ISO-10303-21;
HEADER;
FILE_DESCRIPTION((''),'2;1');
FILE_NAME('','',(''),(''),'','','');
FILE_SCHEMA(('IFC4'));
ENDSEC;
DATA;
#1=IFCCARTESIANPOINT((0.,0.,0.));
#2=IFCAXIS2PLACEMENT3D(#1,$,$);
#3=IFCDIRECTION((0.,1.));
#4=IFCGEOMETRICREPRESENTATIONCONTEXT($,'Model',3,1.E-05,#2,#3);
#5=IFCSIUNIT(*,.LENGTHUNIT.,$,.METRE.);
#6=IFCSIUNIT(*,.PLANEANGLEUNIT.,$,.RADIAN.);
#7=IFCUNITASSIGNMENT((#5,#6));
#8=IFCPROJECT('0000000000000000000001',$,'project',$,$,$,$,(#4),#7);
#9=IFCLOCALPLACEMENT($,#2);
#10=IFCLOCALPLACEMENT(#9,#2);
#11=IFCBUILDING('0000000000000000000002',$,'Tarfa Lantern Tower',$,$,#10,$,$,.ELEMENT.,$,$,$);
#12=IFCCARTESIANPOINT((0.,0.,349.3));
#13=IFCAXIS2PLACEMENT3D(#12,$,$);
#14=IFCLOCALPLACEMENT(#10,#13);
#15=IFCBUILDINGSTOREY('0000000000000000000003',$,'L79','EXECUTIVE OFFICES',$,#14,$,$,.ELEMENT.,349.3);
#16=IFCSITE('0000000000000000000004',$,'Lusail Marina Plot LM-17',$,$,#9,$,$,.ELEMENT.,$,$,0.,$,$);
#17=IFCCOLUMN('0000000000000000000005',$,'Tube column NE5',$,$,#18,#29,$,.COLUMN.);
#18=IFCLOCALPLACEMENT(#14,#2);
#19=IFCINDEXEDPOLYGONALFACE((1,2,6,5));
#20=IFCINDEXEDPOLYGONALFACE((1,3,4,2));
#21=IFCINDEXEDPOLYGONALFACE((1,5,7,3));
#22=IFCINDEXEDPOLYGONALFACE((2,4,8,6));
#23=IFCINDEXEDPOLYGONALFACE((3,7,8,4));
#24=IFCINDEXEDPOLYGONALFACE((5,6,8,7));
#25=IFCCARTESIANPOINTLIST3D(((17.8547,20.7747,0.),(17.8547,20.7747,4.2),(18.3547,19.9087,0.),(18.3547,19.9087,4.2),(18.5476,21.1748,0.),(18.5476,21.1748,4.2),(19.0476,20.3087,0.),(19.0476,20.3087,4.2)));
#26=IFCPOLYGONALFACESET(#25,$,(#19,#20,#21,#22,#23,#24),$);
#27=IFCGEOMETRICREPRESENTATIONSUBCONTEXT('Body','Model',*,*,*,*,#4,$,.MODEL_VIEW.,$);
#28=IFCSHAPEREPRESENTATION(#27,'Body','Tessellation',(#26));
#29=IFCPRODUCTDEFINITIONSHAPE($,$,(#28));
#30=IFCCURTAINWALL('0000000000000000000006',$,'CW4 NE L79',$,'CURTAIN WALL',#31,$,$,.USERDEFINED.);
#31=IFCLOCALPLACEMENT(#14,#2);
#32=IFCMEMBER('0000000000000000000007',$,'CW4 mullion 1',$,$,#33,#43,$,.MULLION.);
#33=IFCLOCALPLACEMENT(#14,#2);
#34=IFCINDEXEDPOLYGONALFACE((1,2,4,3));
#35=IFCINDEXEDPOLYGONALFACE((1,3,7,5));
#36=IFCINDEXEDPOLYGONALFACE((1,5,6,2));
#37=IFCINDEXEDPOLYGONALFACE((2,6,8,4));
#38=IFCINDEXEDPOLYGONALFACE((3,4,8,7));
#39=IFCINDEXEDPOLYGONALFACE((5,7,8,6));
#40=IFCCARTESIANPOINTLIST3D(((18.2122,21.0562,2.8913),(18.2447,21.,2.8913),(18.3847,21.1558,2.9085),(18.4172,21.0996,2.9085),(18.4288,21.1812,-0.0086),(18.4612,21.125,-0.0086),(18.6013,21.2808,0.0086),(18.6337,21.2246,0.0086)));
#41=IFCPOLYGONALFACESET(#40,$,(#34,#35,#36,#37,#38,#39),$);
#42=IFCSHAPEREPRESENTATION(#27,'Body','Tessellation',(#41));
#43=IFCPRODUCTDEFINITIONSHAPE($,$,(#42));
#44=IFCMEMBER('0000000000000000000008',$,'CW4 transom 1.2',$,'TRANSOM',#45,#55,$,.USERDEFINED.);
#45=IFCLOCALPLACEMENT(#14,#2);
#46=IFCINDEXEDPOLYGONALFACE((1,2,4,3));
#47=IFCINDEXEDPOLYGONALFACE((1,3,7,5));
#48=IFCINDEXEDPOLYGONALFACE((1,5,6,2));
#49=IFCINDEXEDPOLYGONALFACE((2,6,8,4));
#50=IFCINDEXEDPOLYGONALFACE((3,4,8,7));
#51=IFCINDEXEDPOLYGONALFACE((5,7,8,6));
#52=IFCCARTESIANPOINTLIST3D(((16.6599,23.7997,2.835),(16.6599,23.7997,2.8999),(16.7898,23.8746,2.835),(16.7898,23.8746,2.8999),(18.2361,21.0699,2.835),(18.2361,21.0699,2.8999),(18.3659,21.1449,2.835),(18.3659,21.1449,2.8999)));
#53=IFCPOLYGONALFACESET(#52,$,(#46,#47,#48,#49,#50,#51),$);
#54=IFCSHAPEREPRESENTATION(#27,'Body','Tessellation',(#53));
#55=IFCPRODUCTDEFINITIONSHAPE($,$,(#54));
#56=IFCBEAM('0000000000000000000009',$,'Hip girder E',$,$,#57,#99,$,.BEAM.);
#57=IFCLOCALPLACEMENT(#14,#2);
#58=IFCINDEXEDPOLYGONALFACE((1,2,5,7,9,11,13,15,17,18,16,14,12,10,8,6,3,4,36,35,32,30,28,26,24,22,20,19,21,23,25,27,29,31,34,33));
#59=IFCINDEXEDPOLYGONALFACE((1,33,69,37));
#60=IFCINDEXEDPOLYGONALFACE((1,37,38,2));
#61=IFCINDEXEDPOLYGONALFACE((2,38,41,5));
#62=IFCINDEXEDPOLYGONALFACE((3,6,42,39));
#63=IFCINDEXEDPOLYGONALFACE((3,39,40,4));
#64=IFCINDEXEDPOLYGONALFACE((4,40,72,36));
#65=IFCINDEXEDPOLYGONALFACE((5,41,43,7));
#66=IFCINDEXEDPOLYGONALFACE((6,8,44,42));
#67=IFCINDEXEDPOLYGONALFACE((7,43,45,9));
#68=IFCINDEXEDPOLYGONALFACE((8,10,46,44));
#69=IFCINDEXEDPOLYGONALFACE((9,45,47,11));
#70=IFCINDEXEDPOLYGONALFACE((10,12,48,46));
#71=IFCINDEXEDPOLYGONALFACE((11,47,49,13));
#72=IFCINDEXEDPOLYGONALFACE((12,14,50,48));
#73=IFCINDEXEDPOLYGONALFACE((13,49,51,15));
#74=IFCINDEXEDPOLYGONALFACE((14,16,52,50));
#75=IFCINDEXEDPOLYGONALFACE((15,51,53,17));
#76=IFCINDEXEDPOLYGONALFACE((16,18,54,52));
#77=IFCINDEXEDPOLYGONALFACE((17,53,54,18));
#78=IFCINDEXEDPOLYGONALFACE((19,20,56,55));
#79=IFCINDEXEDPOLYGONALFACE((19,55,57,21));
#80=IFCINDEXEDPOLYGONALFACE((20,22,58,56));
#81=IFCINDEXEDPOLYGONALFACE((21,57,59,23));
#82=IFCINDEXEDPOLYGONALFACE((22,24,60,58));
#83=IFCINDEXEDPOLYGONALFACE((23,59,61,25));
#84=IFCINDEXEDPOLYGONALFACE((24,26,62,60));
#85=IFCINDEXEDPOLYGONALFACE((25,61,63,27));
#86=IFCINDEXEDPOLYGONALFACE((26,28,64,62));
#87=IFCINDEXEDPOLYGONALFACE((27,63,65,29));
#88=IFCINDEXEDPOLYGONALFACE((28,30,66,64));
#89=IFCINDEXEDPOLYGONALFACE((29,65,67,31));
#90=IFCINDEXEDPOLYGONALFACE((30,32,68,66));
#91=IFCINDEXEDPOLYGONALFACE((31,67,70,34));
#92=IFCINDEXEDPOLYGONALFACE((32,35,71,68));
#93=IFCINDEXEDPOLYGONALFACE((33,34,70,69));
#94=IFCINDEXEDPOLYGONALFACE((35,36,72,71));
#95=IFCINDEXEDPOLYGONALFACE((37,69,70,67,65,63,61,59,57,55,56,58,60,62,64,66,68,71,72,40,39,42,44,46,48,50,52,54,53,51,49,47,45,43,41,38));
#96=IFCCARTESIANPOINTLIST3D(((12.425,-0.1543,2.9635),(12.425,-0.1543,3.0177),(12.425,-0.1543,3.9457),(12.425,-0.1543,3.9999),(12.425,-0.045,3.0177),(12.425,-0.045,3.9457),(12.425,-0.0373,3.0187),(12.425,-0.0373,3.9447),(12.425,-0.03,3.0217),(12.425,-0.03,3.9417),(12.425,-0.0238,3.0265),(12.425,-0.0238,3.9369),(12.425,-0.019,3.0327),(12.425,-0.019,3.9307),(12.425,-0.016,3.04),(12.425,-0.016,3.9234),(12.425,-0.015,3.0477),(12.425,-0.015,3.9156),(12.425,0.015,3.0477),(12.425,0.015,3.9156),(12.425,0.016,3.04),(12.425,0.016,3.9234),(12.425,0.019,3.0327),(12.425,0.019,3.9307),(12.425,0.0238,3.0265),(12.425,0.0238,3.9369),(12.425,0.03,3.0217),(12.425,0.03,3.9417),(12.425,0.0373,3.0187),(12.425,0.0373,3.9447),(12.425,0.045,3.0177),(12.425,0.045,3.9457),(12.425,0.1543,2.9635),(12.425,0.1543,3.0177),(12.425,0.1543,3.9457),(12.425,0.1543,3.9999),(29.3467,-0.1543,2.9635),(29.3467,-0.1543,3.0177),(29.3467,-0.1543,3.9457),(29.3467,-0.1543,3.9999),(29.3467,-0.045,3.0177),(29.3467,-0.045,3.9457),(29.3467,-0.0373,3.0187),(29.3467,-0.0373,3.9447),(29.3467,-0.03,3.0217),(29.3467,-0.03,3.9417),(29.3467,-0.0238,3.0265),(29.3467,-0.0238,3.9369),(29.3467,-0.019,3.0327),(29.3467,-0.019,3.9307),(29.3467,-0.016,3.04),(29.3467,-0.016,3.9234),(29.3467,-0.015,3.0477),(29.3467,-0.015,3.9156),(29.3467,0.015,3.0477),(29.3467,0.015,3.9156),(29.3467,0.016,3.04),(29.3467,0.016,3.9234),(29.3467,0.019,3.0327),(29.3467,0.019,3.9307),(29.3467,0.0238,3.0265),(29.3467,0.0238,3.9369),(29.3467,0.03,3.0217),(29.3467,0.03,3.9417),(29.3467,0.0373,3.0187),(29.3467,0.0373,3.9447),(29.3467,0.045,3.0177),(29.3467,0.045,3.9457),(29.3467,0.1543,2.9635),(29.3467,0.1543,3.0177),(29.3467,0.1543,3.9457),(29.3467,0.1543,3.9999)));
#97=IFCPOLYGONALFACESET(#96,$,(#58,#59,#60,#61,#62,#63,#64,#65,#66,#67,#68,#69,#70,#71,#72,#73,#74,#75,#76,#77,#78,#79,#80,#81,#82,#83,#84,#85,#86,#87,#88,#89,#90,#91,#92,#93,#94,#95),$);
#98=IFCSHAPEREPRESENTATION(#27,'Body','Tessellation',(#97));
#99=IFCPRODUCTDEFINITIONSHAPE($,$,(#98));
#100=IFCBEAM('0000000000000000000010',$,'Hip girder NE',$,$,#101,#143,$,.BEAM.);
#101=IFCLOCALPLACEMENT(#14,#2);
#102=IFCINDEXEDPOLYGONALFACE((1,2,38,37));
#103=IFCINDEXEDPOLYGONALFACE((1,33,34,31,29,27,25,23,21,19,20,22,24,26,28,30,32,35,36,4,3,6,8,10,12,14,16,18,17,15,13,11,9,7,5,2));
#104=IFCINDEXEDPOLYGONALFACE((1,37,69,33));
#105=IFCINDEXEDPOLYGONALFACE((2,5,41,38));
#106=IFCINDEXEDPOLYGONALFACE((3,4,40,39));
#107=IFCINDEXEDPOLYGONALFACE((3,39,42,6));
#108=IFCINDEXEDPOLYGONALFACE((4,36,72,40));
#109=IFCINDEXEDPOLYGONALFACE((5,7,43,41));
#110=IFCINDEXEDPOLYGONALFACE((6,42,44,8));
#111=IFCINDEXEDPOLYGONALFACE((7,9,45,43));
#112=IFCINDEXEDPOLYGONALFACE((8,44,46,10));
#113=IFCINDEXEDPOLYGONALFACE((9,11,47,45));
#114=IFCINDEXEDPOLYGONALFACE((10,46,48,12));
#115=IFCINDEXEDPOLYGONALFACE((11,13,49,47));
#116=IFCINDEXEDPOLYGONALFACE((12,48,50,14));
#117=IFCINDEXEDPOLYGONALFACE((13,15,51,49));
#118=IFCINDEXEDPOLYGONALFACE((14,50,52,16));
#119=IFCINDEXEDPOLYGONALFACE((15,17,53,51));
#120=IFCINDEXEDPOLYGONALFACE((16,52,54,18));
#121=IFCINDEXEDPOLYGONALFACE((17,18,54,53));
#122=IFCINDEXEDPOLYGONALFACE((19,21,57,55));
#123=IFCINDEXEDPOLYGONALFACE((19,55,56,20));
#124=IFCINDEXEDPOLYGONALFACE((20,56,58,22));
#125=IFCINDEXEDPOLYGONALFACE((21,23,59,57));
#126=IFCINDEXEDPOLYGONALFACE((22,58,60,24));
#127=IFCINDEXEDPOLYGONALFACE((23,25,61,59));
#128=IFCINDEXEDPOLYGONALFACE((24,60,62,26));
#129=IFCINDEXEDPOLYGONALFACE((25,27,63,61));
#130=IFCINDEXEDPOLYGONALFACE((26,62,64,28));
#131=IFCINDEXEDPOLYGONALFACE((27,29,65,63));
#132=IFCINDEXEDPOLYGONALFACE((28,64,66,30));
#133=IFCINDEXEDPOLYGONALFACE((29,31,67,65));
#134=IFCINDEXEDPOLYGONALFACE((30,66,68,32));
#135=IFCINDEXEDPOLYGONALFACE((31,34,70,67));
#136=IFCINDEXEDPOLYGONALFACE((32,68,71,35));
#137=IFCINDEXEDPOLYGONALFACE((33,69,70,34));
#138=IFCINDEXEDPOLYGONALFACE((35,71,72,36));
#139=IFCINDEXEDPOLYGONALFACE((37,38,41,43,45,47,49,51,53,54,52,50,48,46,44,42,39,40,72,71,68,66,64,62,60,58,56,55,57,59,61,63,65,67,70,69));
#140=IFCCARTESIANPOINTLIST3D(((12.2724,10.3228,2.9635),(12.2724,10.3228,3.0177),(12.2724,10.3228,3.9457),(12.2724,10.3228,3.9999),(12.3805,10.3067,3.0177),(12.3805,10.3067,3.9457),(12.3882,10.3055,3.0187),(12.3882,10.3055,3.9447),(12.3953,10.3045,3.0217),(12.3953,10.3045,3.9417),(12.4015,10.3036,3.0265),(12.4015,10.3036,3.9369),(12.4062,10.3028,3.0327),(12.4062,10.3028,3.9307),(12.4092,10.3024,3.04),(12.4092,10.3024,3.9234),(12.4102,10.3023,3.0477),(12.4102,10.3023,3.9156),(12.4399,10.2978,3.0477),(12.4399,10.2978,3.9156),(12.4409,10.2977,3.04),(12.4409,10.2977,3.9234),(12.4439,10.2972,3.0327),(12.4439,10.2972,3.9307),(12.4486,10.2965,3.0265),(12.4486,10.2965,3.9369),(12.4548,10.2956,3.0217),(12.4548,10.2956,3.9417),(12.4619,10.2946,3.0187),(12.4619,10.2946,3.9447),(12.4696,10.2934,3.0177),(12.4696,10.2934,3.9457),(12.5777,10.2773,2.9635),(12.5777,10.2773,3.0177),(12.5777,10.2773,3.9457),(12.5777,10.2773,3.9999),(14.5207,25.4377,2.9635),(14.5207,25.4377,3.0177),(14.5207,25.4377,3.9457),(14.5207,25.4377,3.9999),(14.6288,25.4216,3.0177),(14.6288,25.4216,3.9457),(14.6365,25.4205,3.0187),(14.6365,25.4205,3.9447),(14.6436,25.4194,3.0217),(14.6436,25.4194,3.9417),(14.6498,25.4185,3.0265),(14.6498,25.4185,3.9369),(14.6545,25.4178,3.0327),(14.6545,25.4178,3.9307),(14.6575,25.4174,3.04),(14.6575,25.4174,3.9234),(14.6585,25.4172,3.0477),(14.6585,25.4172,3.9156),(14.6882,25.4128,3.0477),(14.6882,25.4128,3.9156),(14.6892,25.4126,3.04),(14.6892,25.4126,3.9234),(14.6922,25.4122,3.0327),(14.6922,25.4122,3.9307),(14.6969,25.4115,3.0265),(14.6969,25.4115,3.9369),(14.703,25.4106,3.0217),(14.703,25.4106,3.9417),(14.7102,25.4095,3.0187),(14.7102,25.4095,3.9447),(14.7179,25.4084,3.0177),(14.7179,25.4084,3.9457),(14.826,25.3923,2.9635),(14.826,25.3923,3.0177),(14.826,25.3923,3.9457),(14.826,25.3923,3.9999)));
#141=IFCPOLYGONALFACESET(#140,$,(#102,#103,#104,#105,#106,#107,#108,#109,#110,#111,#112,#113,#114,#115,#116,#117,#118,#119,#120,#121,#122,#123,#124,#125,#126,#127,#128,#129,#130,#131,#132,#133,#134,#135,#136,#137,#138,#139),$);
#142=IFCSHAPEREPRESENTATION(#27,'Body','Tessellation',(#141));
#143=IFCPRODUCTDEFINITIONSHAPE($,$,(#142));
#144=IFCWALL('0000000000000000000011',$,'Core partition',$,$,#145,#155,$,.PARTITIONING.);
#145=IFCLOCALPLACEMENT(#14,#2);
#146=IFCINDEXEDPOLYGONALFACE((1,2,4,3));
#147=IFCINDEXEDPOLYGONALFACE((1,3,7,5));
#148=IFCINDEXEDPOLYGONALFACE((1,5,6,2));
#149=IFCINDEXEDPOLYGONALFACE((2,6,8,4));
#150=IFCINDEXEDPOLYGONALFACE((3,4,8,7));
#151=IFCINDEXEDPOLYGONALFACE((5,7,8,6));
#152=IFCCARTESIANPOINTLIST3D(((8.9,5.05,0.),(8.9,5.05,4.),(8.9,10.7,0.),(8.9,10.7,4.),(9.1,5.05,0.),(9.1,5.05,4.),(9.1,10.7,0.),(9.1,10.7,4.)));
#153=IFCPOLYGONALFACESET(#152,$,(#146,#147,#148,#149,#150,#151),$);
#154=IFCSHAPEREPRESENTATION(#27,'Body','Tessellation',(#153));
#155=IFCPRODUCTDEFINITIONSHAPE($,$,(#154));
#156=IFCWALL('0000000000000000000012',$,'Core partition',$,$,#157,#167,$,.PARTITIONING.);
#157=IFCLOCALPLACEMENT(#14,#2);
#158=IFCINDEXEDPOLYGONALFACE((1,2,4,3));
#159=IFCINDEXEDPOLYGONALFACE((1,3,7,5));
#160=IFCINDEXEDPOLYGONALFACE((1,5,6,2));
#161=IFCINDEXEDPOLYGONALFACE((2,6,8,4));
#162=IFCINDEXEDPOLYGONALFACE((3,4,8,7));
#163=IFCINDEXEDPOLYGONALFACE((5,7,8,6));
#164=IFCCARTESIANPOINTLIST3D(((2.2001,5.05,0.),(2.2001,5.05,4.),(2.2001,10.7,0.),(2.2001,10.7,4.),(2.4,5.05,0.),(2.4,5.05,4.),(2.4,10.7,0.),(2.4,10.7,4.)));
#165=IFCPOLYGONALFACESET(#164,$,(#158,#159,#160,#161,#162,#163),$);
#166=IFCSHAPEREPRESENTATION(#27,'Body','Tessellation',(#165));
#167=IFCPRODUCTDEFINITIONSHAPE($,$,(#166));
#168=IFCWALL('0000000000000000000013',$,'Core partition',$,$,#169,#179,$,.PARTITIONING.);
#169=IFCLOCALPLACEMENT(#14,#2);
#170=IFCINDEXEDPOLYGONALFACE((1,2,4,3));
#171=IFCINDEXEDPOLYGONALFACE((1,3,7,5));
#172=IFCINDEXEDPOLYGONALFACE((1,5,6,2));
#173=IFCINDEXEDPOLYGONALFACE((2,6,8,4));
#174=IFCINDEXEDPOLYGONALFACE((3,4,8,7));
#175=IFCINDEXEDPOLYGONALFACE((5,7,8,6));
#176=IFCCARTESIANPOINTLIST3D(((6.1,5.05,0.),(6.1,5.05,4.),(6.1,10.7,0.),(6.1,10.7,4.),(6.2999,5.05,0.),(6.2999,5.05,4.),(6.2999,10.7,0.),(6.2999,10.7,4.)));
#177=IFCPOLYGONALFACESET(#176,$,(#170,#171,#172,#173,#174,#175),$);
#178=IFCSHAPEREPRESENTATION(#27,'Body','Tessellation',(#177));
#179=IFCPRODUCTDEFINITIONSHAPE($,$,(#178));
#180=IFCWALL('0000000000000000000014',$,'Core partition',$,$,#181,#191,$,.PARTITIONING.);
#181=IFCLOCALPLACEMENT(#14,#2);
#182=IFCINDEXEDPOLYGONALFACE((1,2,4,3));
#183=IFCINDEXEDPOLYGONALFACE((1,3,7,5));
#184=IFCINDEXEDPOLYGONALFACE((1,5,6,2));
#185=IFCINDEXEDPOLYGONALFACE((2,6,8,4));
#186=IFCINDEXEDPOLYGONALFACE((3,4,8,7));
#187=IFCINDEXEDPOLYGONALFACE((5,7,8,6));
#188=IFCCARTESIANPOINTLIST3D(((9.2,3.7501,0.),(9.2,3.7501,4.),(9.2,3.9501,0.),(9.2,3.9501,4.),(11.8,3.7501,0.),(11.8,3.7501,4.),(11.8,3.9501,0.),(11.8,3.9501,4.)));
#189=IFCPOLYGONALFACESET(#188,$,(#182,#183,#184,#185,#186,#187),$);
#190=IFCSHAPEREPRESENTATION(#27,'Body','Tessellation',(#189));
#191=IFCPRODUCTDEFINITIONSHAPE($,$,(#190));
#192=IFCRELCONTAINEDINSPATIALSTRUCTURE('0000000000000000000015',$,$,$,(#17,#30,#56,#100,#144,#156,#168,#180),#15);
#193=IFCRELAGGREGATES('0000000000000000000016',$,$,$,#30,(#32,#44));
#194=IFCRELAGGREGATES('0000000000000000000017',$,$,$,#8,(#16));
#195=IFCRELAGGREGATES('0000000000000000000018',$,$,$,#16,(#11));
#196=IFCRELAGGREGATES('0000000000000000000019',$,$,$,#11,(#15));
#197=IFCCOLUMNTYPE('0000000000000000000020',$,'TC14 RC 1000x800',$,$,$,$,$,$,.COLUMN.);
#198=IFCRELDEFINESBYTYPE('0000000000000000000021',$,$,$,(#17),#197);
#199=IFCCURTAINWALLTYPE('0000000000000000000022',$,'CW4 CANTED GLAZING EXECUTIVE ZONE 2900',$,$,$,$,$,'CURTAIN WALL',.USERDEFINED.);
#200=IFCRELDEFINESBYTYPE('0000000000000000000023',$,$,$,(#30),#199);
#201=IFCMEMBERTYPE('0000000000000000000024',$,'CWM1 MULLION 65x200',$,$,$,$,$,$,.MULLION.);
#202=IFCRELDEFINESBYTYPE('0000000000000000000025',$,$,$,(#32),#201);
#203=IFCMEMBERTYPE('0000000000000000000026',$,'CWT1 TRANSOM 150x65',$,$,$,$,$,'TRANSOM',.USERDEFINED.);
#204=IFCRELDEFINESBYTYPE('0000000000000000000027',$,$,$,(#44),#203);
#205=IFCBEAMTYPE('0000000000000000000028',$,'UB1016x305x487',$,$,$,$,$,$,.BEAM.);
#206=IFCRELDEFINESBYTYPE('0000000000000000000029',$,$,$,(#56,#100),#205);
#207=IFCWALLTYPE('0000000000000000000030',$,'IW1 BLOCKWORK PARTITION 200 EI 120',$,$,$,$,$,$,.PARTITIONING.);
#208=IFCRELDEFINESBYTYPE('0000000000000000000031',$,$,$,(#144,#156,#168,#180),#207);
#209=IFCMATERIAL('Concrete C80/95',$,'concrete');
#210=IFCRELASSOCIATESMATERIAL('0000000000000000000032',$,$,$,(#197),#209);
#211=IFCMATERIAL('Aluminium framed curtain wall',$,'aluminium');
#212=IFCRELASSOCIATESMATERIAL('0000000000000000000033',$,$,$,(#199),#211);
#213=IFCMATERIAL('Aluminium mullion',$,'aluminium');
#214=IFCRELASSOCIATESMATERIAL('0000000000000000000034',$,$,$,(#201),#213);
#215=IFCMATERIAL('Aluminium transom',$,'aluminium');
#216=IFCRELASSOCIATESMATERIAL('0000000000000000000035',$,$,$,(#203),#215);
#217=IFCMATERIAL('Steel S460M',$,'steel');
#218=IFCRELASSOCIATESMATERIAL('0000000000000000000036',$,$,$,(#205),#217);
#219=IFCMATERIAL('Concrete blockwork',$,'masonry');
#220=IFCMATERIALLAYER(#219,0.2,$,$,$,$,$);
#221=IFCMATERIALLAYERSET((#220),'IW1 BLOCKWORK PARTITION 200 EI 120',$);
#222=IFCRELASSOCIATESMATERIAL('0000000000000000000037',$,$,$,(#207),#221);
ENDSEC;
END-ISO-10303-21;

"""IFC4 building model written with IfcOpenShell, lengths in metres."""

from ifc_helpers import new_model, si_unit, direction, frame, frame_2d, origin, origin_2d, place, context, subcontext, project, spatial, rectangle, i_section, extrude, material, layer, layer_set, material_profile, profile_set, type_object, element, aggregate, save


model = new_model("IFC4")

# Units and contexts
model_context = context("Model", 3, precision=1e-05, world=origin(), true_north=direction((0.0, 1.0)))
body_context = subcontext(model_context, "Body", "Model", "MODEL_VIEW")
ifc_project = project(units=[si_unit("LENGTHUNIT", "METRE"), si_unit("PLANEANGLEUNIT", "RADIAN")], contexts=[model_context])

# Site, building, storey
site_placement = place(None, origin())
site = spatial("IfcSite", under=ifc_project, at=site_placement, Name="Lusail Marina Plot LM-17", CompositionType="ELEMENT", RefElevation=0.0)
building_placement = place(site_placement, origin())
building = spatial("IfcBuilding", under=site, at=building_placement, Name="Tarfa Lantern Tower", CompositionType="ELEMENT")
storey_placement = place(building_placement, frame((0.0, 0.0, 349.3)))
storey = spatial("IfcBuildingStorey", under=building, at=storey_placement, Name="L79", Description="EXECUTIVE OFFICES", CompositionType="ELEMENT", Elevation=349.3)

# Column
ifc_material_1 = material(Name="Concrete C80/95", Category="concrete")
ifc_material_profile_1 = material_profile(ifc_material_1, rectangle(XDim=1.0, YDim=0.8, at=origin_2d()), Name="RC 1000x800")
ifc_profile_set_1 = profile_set([ifc_material_profile_1], Name="Concrete C80/95")
column_type = type_object("IfcColumnType", Name="TC14 RC 1000x800", PredefinedType="COLUMN", material=ifc_profile_set_1)
column_placement = place(storey_placement, frame((18.4512, 20.5417, 0.0), z_axis=(0.0, 0.0, 1.0), x_axis=(-0.5, 0.866025, 0.0)))
element("IfcColumn", 1, at=column_placement, inside=storey, type_object=column_type, Name="Tube column NE5", PredefinedType="COLUMN", context=body_context, shape_type="SweptSolid", body=[
    extrude(rectangle(XDim=1.0, YDim=0.8, at=origin_2d()), origin(), (0.0, 0.0, 1.0), 4.2),
])

# Curtain wall, members
ifc_material_2 = material(Name="Aluminium framed curtain wall", Category="aluminium")
curtain_wall_type = type_object("IfcCurtainWallType", Name="CW4 CANTED GLAZING EXECUTIVE ZONE 2900", ElementType="CURTAIN WALL", PredefinedType="USERDEFINED", material=ifc_material_2)
curtain_wall_placement = place(storey_placement, origin())
curtain_wall = element("IfcCurtainWall", 2, at=curtain_wall_placement, inside=storey, type_object=curtain_wall_type, Name="CW4 NE L79", ObjectType="CURTAIN WALL", PredefinedType="USERDEFINED")
ifc_material_3 = material(Name="Aluminium mullion", Category="aluminium")
ifc_material_profile_2 = material_profile(ifc_material_3, rectangle(XDim=0.0649, YDim=0.2, at=origin_2d()), Name="AL MULLION 65x200")
ifc_profile_set_2 = profile_set([ifc_material_profile_2], Name="Aluminium mullion")
member_type_1 = type_object("IfcMemberType", Name="CWM1 MULLION 65x200", PredefinedType="MULLION", material=ifc_profile_set_2)
member_1_placement = place(storey_placement, frame((18.5312, 21.2029, 0.0), z_axis=(-0.0744, -0.042946, 0.996303), x_axis=(0.49992, -0.866072, 0.0)))
member_1 = element("IfcMember", 3, at=member_1_placement, type_object=member_type_1, Name="CW4 mullion 1", PredefinedType="MULLION", context=body_context, shape_type="SweptSolid", body=[
    extrude(rectangle(XDim=0.0649, YDim=0.2, at=origin_2d()), origin(), (0.0, 0.0, 1.0), 2.9106),
])
ifc_material_4 = material(Name="Aluminium transom", Category="aluminium")
ifc_material_profile_3 = material_profile(ifc_material_4, rectangle(XDim=0.1499, YDim=0.0649, at=origin_2d()), Name="AL TRANSOM 150x65")
ifc_profile_set_3 = profile_set([ifc_material_profile_3], Name="Aluminium transom")
member_type_2 = type_object("IfcMemberType", Name="CWT1 TRANSOM 150x65", ElementType="TRANSOM", PredefinedType="USERDEFINED", material=ifc_profile_set_3)
member_2_placement = place(storey_placement, frame((18.301, 21.1074, 2.8674), z_axis=(-0.500038, 0.866004, 0.0), x_axis=(-0.866004, -0.500038, 0.0)))
member_2 = element("IfcMember", 4, at=member_2_placement, type_object=member_type_2, Name="CW4 transom 1.2", ObjectType="TRANSOM", PredefinedType="USERDEFINED", context=body_context, shape_type="SweptSolid", body=[
    extrude(rectangle(XDim=0.1499, YDim=0.0649, at=origin_2d()), origin(), (0.0, 0.0, 1.0), 3.1521),
])
aggregate(curtain_wall, [member_1, member_2])

# Beams
ifc_material_5 = material(Name="Steel S460M", Category="steel")
ifc_material_profile_4 = material_profile(ifc_material_5, i_section(OverallWidth=0.3086, OverallDepth=1.0364, WebThickness=0.03, FlangeThickness=0.0542, FilletRadius=0.03, at=origin_2d()), Name="UB1016x305x487")
ifc_profile_set_4 = profile_set([ifc_material_profile_4], Name="Steel S460M")
beam_type = type_object("IfcBeamType", Name="UB1016x305x487", PredefinedType="BEAM", material=ifc_profile_set_4)
beam_1_placement = place(storey_placement, frame((12.425, 0.0, 3.4817), z_axis=(1.0, 0.0, 0.0), x_axis=(0.0, 1.0, 0.0)))
element("IfcBeam", 5, at=beam_1_placement, inside=storey, type_object=beam_type, Name="Hip girder E", PredefinedType="BEAM", context=body_context, shape_type="SweptSolid", body=[
    extrude(i_section(OverallWidth=0.3086, OverallDepth=1.0364, WebThickness=0.03, FlangeThickness=0.0542, FilletRadius=0.03, at=origin_2d()), origin(), (0.0, 0.0, 1.0), 16.9216),
])
beam_2_placement = place(storey_placement, frame((12.425, 10.3, 3.4817), z_axis=(0.147127, 0.989118, 0.0), x_axis=(-0.989118, 0.147127, 0.0)))
element("IfcBeam", 6, at=beam_2_placement, inside=storey, type_object=beam_type, Name="Hip girder NE", PredefinedType="BEAM", context=body_context, shape_type="SweptSolid", body=[
    extrude(i_section(OverallWidth=0.3086, OverallDepth=1.0364, WebThickness=0.03, FlangeThickness=0.0542, FilletRadius=0.03, at=origin_2d()), origin(), (0.0, 0.0, 1.0), 15.2812),
])

# Walls
ifc_material_6 = material(Name="Concrete blockwork", Category="masonry")
ifc_layer_1 = layer(ifc_material_6, 0.2)
ifc_layer_set_1 = layer_set([ifc_layer_1], Name="IW1 BLOCKWORK PARTITION 200 EI 120")
wall_type_1 = type_object("IfcWallType", Name="IW1 BLOCKWORK PARTITION 200 EI 120", PredefinedType="PARTITIONING", material=ifc_layer_set_1)
for number, where, z_axis, x_axis, name in (
    (7, (9.0, 5.05, 0.0), (0.0, 0.0, 1.0), (0.0, 1.0, 0.0), "Core partition"),
    (8, (2.3, 5.05, 0.0), (0.0, 0.0, 1.0), (0.0, 1.0, 0.0), "Core partition"),
    (9, (6.2, 5.05, 0.0), (0.0, 0.0, 1.0), (0.0, 1.0, 0.0), "Core partition"),
):
    element("IfcWall", number, at=place(storey_placement, frame(where, z_axis=z_axis, x_axis=x_axis)), inside=storey, type_object=wall_type_1, Name=name, PredefinedType="PARTITIONING", context=body_context, shape_type="SweptSolid", body=[
        extrude(rectangle(XDim=5.6499, YDim=0.2, at=frame_2d((2.825, 0.0))), origin(), (0.0, 0.0, 1.0), 4.0),
    ])
wall_1_placement = place(storey_placement, frame((9.2, 3.8501, 0.0), z_axis=(0.0, 0.0, 1.0), x_axis=(1.0, 0.0, 0.0)))
element("IfcWall", 10, at=wall_1_placement, inside=storey, type_object=wall_type_1, Name="Core partition", PredefinedType="PARTITIONING", context=body_context, shape_type="SweptSolid", body=[
    extrude(rectangle(XDim=2.6001, YDim=0.2, at=frame_2d((1.3, 0.0))), origin(), (0.0, 0.0, 1.0), 4.0),
])

save(model, "model.ifc")
